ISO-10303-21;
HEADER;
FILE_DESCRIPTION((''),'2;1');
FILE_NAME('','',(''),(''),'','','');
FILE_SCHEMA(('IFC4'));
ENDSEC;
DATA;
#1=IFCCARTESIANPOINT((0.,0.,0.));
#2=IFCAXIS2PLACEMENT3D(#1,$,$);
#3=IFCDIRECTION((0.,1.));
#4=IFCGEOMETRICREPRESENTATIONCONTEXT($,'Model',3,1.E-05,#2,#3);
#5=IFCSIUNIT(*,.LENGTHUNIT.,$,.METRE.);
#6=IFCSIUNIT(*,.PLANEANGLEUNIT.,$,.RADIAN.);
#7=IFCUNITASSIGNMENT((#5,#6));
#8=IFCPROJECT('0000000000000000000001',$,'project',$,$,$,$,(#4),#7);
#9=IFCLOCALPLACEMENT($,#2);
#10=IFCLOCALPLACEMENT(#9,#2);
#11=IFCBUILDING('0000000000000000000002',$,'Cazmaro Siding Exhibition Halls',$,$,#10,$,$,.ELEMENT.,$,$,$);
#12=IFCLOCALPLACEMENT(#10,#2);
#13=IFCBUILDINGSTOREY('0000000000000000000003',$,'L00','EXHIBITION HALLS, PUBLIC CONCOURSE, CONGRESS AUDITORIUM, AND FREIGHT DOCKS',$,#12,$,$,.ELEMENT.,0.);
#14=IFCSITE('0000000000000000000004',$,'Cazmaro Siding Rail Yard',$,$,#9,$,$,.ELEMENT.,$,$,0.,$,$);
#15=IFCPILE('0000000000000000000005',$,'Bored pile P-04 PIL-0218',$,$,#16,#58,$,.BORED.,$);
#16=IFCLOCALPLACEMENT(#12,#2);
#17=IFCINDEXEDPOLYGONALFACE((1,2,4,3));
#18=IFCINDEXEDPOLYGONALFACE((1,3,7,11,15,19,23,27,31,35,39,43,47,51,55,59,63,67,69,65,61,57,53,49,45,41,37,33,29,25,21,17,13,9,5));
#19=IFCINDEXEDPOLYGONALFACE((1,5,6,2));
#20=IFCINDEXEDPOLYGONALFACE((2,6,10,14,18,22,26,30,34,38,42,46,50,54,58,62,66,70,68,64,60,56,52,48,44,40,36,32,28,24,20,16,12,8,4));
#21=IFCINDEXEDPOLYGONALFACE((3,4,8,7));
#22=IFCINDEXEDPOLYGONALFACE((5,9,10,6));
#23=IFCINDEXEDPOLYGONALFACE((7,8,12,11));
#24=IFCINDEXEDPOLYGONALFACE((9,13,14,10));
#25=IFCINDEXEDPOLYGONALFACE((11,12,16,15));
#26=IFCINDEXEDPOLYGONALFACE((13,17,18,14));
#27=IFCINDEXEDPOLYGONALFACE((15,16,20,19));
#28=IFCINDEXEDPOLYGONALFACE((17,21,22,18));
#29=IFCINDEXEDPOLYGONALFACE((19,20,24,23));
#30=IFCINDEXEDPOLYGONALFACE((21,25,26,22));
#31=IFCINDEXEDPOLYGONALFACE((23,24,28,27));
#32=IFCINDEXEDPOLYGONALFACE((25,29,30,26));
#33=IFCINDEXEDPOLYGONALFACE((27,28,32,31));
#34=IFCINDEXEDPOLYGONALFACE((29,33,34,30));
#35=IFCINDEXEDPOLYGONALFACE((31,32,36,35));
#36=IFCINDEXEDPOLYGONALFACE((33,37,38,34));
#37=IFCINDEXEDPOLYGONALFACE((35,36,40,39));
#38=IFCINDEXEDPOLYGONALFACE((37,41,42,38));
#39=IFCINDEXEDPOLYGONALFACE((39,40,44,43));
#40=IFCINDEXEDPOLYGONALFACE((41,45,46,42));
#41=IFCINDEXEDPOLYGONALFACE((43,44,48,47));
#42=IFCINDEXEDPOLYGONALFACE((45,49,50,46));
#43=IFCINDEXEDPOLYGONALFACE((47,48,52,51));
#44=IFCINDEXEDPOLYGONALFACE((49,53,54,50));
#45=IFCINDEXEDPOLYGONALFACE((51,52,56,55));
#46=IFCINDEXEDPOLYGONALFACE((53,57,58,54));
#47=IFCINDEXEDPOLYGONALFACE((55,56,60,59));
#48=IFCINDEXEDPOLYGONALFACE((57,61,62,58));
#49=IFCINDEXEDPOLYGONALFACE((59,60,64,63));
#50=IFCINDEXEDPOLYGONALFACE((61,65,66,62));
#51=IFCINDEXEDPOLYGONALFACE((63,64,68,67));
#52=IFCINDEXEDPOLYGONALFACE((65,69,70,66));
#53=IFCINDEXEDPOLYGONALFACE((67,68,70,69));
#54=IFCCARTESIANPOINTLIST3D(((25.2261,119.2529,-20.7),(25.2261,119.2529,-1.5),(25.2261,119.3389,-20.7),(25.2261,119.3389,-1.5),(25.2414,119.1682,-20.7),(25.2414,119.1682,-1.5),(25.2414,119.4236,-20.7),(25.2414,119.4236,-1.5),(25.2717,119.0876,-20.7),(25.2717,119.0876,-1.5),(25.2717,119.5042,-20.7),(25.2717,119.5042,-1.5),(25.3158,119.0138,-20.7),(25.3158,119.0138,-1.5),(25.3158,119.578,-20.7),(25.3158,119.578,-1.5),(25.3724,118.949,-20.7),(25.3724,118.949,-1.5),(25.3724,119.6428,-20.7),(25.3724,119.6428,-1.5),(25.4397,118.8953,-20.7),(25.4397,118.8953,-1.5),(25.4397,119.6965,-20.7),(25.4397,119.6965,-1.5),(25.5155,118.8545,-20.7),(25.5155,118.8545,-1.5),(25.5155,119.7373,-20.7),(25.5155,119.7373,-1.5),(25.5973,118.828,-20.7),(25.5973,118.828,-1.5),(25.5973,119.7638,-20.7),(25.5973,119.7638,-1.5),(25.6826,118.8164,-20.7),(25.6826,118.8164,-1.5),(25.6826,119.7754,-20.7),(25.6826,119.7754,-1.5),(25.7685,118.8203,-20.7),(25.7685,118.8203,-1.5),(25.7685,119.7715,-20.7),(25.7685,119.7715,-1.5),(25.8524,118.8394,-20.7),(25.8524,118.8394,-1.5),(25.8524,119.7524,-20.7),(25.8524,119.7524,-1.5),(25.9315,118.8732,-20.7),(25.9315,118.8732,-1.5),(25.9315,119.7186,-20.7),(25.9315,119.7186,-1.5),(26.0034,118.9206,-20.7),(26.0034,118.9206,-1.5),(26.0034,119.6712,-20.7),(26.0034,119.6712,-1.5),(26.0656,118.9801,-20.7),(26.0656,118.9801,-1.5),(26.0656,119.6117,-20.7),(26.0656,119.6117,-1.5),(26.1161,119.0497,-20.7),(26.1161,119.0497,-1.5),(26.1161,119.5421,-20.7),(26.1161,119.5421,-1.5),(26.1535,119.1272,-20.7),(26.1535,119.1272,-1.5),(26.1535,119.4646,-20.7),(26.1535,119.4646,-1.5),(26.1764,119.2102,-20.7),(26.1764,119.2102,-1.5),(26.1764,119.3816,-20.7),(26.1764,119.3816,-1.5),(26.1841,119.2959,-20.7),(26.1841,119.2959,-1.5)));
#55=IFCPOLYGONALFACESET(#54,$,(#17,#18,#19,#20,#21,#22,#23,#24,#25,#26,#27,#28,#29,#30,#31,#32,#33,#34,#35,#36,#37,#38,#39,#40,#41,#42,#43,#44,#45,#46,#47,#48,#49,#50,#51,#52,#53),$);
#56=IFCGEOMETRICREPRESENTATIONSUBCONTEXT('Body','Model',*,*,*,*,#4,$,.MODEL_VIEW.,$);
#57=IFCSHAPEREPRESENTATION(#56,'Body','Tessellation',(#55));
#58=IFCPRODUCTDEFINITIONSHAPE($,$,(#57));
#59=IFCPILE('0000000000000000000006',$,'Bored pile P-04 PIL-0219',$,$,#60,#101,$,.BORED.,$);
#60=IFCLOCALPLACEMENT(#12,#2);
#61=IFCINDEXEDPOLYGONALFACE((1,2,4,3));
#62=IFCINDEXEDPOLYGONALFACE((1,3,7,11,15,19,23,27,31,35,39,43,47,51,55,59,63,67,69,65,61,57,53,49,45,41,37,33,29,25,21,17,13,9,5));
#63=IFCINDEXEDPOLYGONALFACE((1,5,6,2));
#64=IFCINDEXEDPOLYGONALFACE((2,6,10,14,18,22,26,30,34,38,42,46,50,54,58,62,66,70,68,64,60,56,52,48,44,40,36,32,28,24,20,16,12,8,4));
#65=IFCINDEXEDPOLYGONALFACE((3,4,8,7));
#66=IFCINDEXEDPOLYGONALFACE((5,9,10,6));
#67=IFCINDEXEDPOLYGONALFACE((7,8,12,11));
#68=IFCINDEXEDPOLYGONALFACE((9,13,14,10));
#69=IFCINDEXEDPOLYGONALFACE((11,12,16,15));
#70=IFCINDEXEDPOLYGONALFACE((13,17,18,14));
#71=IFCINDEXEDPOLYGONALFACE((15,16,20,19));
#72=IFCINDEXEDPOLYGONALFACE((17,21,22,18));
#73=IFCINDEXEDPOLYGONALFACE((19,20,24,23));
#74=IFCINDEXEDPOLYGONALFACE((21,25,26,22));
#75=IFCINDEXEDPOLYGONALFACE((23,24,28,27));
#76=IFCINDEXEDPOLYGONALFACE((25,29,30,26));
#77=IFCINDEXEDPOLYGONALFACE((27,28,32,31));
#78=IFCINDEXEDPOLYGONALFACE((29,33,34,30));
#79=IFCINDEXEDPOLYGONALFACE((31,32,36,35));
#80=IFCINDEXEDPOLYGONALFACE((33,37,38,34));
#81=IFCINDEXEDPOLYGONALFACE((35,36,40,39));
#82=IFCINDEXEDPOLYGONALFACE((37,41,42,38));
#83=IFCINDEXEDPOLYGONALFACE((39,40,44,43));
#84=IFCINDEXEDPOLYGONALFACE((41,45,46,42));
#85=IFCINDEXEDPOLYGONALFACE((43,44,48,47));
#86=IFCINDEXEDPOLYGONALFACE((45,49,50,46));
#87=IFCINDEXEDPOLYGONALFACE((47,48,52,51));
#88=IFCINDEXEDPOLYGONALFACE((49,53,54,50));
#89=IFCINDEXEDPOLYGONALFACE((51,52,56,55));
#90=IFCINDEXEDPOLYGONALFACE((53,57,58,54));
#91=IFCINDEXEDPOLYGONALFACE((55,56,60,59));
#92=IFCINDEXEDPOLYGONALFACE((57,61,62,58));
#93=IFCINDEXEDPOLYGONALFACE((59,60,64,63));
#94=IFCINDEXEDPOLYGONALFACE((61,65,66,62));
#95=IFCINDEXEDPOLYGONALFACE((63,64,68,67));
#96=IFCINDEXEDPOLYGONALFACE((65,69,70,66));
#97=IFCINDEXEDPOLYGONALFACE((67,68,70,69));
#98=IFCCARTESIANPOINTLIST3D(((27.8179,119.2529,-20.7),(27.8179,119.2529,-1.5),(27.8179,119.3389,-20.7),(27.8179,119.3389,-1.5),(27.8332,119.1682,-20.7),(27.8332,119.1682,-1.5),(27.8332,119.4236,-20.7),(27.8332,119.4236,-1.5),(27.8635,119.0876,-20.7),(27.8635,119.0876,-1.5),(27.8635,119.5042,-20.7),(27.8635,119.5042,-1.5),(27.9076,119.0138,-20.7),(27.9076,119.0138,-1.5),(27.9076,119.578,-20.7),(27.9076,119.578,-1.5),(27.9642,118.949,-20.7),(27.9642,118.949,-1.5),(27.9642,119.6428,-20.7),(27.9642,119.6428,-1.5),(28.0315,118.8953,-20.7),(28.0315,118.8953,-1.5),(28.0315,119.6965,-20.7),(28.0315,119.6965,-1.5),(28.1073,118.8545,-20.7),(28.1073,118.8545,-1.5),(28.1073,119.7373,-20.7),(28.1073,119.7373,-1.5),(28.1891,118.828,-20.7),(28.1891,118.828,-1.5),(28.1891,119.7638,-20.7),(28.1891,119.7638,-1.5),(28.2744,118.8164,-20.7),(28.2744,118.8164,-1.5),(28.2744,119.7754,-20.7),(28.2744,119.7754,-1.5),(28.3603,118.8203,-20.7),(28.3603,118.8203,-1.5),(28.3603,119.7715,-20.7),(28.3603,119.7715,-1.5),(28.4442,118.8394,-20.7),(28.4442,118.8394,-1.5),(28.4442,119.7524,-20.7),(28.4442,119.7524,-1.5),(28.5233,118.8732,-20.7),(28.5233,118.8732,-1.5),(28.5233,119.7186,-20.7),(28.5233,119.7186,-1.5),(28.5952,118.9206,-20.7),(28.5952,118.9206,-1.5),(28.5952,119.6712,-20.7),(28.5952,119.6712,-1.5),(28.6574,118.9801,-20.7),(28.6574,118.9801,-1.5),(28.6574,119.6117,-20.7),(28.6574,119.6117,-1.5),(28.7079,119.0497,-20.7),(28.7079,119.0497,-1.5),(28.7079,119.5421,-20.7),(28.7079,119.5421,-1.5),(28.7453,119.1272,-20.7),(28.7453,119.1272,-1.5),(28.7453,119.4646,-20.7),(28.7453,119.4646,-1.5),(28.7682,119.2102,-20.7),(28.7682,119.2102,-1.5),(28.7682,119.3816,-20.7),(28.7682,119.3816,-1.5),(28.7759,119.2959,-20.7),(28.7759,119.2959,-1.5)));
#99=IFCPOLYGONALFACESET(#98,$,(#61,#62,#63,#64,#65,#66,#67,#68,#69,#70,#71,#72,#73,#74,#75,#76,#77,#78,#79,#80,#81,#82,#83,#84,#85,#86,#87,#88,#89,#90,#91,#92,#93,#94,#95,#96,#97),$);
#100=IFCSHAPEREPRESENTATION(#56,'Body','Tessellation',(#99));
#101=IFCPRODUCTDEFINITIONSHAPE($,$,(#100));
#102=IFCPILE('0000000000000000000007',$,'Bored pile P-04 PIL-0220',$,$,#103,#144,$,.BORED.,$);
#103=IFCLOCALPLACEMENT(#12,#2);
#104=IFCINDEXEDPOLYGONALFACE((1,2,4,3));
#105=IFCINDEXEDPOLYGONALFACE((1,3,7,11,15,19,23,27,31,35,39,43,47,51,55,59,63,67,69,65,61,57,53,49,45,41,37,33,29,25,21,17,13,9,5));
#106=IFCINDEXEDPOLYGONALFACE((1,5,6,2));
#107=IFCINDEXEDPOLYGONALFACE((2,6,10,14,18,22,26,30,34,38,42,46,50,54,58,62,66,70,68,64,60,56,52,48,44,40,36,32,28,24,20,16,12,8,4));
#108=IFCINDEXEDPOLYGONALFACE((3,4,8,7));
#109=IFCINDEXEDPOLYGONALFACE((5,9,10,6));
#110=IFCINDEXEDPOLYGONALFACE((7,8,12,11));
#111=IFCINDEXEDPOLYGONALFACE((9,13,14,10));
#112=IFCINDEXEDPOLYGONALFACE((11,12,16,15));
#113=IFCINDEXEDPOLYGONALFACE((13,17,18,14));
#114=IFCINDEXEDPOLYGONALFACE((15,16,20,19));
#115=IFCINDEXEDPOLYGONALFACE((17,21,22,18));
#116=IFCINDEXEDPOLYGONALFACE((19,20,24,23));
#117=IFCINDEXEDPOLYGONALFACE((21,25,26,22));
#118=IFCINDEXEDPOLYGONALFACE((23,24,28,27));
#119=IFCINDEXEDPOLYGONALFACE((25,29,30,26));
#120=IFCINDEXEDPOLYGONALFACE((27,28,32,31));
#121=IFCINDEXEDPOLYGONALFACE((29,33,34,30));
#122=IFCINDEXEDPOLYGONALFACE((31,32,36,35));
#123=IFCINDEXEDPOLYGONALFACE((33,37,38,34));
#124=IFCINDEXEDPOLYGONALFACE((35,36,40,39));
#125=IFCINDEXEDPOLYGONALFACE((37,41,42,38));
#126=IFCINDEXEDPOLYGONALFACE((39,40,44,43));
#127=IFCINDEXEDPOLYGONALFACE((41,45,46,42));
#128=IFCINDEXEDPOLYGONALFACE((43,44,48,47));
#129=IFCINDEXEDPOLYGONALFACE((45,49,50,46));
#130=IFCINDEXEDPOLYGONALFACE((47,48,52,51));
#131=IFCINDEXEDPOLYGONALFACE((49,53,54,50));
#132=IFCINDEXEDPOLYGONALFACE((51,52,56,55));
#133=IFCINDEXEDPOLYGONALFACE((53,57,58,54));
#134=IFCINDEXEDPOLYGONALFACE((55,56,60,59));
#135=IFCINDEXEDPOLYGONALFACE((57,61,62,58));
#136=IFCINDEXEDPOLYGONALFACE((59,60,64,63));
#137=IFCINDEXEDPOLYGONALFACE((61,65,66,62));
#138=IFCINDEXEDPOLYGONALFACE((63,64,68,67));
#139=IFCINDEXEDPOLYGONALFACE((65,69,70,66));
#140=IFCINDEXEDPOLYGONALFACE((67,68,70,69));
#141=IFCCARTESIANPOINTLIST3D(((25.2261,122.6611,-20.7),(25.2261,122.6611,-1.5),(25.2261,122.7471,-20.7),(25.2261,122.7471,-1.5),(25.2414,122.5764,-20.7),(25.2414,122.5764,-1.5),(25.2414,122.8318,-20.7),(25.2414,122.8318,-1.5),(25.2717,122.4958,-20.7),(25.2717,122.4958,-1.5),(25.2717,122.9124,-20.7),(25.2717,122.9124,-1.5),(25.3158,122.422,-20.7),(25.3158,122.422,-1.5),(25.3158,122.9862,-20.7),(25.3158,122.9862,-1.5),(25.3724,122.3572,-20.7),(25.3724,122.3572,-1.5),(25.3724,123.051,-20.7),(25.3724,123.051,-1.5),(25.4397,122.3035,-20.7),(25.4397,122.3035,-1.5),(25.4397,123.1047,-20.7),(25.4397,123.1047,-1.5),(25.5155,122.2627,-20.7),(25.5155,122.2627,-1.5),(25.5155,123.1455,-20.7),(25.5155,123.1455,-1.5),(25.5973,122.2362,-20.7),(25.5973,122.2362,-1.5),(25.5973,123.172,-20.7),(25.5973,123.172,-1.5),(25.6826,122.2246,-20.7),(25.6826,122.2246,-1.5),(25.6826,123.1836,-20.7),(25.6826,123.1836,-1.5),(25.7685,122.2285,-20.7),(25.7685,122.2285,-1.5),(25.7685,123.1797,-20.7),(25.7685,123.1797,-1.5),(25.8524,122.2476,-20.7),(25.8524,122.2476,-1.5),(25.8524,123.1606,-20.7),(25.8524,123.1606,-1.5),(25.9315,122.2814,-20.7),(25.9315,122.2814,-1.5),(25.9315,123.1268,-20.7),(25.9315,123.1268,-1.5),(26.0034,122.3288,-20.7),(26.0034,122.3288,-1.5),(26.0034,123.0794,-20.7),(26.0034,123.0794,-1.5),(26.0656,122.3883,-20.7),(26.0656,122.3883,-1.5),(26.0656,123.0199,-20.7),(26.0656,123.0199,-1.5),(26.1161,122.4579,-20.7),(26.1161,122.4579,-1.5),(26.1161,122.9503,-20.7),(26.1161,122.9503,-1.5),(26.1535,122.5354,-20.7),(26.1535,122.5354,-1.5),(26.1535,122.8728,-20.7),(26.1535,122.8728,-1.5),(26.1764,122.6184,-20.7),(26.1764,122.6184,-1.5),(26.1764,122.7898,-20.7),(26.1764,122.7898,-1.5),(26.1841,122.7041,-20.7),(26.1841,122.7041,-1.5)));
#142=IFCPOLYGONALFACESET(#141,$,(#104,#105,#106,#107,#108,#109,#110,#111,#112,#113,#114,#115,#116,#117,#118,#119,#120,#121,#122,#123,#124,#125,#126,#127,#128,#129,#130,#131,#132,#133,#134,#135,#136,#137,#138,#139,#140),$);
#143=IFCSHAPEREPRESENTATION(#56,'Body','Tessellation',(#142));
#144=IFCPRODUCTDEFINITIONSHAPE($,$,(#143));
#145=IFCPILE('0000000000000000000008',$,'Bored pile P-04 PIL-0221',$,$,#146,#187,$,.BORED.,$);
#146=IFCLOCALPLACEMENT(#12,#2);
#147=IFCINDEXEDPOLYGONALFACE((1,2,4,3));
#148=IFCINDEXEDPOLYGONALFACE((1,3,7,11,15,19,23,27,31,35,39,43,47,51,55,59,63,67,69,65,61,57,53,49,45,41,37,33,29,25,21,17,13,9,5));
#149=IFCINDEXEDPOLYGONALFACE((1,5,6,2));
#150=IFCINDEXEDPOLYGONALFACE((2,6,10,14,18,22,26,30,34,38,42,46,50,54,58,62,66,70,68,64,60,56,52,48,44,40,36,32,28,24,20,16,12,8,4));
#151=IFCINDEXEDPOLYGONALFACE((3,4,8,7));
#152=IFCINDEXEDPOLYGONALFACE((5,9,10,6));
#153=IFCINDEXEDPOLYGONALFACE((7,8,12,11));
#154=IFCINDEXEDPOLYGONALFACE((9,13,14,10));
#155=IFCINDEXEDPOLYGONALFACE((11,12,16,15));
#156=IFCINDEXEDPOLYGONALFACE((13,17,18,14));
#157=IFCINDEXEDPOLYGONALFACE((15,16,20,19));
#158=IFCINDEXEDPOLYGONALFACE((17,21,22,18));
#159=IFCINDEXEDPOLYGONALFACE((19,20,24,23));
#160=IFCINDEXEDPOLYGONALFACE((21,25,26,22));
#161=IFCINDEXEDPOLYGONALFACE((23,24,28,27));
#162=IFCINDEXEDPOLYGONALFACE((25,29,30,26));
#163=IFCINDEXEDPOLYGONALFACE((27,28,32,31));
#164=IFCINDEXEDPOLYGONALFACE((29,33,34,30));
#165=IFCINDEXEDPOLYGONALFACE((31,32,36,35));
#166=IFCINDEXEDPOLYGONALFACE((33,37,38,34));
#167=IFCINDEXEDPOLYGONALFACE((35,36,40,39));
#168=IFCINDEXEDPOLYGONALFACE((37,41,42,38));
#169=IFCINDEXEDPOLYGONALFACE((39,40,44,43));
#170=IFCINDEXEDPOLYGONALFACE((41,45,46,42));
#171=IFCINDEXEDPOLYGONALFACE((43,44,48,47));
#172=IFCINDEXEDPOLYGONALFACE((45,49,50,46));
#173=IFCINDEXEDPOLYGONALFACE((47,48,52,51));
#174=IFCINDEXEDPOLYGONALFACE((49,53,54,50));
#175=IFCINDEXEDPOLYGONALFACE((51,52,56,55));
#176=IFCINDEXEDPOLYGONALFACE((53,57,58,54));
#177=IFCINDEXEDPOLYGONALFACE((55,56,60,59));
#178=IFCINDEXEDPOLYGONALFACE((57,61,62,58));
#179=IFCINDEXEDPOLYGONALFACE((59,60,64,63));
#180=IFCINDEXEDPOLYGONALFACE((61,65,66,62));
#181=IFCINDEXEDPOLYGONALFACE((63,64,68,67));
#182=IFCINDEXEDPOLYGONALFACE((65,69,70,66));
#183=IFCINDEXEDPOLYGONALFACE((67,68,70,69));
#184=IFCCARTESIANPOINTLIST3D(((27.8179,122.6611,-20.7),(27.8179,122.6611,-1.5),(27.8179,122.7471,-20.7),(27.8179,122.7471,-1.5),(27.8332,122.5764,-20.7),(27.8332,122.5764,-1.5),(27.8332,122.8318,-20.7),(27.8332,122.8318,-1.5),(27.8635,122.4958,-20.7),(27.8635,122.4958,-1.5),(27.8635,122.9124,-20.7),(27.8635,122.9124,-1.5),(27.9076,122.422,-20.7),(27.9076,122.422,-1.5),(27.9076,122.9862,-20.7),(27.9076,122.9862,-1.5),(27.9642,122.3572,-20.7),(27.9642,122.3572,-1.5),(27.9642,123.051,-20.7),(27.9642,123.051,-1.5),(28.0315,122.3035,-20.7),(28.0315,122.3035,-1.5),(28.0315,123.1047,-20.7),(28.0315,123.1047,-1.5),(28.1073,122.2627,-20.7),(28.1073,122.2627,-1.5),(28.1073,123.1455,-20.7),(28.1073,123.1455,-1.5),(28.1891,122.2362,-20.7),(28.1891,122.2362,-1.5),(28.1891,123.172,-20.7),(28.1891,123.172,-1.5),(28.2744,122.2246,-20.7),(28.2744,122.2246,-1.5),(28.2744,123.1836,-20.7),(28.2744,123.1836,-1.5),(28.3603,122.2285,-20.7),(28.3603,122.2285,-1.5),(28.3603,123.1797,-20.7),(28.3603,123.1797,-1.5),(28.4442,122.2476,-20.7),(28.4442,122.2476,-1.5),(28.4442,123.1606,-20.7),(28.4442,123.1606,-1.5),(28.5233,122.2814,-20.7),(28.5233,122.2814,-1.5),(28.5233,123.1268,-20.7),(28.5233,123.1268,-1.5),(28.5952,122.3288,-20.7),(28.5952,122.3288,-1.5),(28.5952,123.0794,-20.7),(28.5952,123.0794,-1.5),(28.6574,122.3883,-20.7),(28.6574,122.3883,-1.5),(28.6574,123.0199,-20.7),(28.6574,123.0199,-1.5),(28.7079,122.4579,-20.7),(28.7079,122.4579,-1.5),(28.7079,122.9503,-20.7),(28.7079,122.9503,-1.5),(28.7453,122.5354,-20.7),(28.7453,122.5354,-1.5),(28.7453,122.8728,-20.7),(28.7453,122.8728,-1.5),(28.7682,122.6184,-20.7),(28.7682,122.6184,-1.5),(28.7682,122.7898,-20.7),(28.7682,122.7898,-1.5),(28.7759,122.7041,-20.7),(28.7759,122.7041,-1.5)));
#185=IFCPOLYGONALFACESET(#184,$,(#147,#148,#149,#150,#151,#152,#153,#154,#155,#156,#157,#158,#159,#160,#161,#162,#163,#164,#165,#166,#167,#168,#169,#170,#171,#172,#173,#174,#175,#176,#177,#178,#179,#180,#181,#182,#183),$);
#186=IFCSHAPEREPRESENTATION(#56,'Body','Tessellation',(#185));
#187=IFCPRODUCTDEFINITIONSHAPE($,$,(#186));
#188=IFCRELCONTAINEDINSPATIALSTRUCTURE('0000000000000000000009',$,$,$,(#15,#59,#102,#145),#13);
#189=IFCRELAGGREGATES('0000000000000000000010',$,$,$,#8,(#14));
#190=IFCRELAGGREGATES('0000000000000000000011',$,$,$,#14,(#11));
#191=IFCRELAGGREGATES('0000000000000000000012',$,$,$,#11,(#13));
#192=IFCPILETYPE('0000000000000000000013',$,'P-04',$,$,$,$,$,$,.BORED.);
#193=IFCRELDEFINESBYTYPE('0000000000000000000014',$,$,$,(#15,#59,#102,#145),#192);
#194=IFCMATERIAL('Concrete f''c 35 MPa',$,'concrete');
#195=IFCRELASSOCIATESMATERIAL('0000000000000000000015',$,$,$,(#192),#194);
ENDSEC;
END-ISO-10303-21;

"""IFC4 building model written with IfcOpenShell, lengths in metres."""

from ifc_helpers import new_model, si_unit, direction, frame, origin, origin_2d, place, context, subcontext, project, spatial, circle, extrude, material, material_profile, profile_set, type_object, element, save


model = new_model("IFC4")

# Units and contexts
model_context = context("Model", 3, precision=1e-05, world=origin(), true_north=direction((0.0, 1.0)))
body_context = subcontext(model_context, "Body", "Model", "MODEL_VIEW")
ifc_project = project(units=[si_unit("LENGTHUNIT", "METRE"), si_unit("PLANEANGLEUNIT", "RADIAN")], contexts=[model_context])

# Site, building, storey
site_placement = place(None, origin())
site = spatial("IfcSite", under=ifc_project, at=site_placement, Name="Cazmaro Siding Rail Yard", CompositionType="ELEMENT", RefElevation=0.0)
building_placement = place(site_placement, origin())
building = spatial("IfcBuilding", under=site, at=building_placement, Name="Cazmaro Siding Exhibition Halls", CompositionType="ELEMENT")
storey_placement = place(building_placement, origin())
storey = spatial("IfcBuildingStorey", under=building, at=storey_placement, Name="L00", Description="EXHIBITION HALLS, PUBLIC CONCOURSE, CONGRESS AUDITORIUM, AND FREIGHT DOCKS", CompositionType="ELEMENT", Elevation=0.0)

# Piles
ifc_material_1 = material(Name="Concrete f'c 35 MPa", Category="concrete")
ifc_material_profile_1 = material_profile(ifc_material_1, circle(Radius=0.48, at=origin_2d()), Name="CIDH-960")
ifc_profile_set_1 = profile_set([ifc_material_profile_1], Name="Concrete f'c 35 MPa")
pile_type = type_object("IfcPileType", Name="P-04", PredefinedType="BORED", material=ifc_profile_set_1)
for number, where, z_axis, x_axis, name in (
    (1, (25.7041, 119.2959, -1.5), (0.0, 0.0, -1.0), (1.0, 0.0, 0.0), "Bored pile P-04 PIL-0218"),
    (2, (28.2959, 119.2959, -1.5), (0.0, 0.0, -1.0), (1.0, 0.0, 0.0), "Bored pile P-04 PIL-0219"),
    (3, (25.7041, 122.7041, -1.5), (0.0, 0.0, -1.0), (1.0, 0.0, 0.0), "Bored pile P-04 PIL-0220"),
    (4, (28.2959, 122.7041, -1.5), (0.0, 0.0, -1.0), (1.0, 0.0, 0.0), "Bored pile P-04 PIL-0221"),
):
    element("IfcPile", number, at=place(storey_placement, frame(where, z_axis=z_axis, x_axis=x_axis)), inside=storey, type_object=pile_type, Name=name, PredefinedType="BORED", context=body_context, shape_type="SweptSolid", body=[
        extrude(circle(Radius=0.48, at=origin_2d()), origin(), (0.0, 0.0, 1.0), 19.2),
    ])

save(model, "model.ifc")
